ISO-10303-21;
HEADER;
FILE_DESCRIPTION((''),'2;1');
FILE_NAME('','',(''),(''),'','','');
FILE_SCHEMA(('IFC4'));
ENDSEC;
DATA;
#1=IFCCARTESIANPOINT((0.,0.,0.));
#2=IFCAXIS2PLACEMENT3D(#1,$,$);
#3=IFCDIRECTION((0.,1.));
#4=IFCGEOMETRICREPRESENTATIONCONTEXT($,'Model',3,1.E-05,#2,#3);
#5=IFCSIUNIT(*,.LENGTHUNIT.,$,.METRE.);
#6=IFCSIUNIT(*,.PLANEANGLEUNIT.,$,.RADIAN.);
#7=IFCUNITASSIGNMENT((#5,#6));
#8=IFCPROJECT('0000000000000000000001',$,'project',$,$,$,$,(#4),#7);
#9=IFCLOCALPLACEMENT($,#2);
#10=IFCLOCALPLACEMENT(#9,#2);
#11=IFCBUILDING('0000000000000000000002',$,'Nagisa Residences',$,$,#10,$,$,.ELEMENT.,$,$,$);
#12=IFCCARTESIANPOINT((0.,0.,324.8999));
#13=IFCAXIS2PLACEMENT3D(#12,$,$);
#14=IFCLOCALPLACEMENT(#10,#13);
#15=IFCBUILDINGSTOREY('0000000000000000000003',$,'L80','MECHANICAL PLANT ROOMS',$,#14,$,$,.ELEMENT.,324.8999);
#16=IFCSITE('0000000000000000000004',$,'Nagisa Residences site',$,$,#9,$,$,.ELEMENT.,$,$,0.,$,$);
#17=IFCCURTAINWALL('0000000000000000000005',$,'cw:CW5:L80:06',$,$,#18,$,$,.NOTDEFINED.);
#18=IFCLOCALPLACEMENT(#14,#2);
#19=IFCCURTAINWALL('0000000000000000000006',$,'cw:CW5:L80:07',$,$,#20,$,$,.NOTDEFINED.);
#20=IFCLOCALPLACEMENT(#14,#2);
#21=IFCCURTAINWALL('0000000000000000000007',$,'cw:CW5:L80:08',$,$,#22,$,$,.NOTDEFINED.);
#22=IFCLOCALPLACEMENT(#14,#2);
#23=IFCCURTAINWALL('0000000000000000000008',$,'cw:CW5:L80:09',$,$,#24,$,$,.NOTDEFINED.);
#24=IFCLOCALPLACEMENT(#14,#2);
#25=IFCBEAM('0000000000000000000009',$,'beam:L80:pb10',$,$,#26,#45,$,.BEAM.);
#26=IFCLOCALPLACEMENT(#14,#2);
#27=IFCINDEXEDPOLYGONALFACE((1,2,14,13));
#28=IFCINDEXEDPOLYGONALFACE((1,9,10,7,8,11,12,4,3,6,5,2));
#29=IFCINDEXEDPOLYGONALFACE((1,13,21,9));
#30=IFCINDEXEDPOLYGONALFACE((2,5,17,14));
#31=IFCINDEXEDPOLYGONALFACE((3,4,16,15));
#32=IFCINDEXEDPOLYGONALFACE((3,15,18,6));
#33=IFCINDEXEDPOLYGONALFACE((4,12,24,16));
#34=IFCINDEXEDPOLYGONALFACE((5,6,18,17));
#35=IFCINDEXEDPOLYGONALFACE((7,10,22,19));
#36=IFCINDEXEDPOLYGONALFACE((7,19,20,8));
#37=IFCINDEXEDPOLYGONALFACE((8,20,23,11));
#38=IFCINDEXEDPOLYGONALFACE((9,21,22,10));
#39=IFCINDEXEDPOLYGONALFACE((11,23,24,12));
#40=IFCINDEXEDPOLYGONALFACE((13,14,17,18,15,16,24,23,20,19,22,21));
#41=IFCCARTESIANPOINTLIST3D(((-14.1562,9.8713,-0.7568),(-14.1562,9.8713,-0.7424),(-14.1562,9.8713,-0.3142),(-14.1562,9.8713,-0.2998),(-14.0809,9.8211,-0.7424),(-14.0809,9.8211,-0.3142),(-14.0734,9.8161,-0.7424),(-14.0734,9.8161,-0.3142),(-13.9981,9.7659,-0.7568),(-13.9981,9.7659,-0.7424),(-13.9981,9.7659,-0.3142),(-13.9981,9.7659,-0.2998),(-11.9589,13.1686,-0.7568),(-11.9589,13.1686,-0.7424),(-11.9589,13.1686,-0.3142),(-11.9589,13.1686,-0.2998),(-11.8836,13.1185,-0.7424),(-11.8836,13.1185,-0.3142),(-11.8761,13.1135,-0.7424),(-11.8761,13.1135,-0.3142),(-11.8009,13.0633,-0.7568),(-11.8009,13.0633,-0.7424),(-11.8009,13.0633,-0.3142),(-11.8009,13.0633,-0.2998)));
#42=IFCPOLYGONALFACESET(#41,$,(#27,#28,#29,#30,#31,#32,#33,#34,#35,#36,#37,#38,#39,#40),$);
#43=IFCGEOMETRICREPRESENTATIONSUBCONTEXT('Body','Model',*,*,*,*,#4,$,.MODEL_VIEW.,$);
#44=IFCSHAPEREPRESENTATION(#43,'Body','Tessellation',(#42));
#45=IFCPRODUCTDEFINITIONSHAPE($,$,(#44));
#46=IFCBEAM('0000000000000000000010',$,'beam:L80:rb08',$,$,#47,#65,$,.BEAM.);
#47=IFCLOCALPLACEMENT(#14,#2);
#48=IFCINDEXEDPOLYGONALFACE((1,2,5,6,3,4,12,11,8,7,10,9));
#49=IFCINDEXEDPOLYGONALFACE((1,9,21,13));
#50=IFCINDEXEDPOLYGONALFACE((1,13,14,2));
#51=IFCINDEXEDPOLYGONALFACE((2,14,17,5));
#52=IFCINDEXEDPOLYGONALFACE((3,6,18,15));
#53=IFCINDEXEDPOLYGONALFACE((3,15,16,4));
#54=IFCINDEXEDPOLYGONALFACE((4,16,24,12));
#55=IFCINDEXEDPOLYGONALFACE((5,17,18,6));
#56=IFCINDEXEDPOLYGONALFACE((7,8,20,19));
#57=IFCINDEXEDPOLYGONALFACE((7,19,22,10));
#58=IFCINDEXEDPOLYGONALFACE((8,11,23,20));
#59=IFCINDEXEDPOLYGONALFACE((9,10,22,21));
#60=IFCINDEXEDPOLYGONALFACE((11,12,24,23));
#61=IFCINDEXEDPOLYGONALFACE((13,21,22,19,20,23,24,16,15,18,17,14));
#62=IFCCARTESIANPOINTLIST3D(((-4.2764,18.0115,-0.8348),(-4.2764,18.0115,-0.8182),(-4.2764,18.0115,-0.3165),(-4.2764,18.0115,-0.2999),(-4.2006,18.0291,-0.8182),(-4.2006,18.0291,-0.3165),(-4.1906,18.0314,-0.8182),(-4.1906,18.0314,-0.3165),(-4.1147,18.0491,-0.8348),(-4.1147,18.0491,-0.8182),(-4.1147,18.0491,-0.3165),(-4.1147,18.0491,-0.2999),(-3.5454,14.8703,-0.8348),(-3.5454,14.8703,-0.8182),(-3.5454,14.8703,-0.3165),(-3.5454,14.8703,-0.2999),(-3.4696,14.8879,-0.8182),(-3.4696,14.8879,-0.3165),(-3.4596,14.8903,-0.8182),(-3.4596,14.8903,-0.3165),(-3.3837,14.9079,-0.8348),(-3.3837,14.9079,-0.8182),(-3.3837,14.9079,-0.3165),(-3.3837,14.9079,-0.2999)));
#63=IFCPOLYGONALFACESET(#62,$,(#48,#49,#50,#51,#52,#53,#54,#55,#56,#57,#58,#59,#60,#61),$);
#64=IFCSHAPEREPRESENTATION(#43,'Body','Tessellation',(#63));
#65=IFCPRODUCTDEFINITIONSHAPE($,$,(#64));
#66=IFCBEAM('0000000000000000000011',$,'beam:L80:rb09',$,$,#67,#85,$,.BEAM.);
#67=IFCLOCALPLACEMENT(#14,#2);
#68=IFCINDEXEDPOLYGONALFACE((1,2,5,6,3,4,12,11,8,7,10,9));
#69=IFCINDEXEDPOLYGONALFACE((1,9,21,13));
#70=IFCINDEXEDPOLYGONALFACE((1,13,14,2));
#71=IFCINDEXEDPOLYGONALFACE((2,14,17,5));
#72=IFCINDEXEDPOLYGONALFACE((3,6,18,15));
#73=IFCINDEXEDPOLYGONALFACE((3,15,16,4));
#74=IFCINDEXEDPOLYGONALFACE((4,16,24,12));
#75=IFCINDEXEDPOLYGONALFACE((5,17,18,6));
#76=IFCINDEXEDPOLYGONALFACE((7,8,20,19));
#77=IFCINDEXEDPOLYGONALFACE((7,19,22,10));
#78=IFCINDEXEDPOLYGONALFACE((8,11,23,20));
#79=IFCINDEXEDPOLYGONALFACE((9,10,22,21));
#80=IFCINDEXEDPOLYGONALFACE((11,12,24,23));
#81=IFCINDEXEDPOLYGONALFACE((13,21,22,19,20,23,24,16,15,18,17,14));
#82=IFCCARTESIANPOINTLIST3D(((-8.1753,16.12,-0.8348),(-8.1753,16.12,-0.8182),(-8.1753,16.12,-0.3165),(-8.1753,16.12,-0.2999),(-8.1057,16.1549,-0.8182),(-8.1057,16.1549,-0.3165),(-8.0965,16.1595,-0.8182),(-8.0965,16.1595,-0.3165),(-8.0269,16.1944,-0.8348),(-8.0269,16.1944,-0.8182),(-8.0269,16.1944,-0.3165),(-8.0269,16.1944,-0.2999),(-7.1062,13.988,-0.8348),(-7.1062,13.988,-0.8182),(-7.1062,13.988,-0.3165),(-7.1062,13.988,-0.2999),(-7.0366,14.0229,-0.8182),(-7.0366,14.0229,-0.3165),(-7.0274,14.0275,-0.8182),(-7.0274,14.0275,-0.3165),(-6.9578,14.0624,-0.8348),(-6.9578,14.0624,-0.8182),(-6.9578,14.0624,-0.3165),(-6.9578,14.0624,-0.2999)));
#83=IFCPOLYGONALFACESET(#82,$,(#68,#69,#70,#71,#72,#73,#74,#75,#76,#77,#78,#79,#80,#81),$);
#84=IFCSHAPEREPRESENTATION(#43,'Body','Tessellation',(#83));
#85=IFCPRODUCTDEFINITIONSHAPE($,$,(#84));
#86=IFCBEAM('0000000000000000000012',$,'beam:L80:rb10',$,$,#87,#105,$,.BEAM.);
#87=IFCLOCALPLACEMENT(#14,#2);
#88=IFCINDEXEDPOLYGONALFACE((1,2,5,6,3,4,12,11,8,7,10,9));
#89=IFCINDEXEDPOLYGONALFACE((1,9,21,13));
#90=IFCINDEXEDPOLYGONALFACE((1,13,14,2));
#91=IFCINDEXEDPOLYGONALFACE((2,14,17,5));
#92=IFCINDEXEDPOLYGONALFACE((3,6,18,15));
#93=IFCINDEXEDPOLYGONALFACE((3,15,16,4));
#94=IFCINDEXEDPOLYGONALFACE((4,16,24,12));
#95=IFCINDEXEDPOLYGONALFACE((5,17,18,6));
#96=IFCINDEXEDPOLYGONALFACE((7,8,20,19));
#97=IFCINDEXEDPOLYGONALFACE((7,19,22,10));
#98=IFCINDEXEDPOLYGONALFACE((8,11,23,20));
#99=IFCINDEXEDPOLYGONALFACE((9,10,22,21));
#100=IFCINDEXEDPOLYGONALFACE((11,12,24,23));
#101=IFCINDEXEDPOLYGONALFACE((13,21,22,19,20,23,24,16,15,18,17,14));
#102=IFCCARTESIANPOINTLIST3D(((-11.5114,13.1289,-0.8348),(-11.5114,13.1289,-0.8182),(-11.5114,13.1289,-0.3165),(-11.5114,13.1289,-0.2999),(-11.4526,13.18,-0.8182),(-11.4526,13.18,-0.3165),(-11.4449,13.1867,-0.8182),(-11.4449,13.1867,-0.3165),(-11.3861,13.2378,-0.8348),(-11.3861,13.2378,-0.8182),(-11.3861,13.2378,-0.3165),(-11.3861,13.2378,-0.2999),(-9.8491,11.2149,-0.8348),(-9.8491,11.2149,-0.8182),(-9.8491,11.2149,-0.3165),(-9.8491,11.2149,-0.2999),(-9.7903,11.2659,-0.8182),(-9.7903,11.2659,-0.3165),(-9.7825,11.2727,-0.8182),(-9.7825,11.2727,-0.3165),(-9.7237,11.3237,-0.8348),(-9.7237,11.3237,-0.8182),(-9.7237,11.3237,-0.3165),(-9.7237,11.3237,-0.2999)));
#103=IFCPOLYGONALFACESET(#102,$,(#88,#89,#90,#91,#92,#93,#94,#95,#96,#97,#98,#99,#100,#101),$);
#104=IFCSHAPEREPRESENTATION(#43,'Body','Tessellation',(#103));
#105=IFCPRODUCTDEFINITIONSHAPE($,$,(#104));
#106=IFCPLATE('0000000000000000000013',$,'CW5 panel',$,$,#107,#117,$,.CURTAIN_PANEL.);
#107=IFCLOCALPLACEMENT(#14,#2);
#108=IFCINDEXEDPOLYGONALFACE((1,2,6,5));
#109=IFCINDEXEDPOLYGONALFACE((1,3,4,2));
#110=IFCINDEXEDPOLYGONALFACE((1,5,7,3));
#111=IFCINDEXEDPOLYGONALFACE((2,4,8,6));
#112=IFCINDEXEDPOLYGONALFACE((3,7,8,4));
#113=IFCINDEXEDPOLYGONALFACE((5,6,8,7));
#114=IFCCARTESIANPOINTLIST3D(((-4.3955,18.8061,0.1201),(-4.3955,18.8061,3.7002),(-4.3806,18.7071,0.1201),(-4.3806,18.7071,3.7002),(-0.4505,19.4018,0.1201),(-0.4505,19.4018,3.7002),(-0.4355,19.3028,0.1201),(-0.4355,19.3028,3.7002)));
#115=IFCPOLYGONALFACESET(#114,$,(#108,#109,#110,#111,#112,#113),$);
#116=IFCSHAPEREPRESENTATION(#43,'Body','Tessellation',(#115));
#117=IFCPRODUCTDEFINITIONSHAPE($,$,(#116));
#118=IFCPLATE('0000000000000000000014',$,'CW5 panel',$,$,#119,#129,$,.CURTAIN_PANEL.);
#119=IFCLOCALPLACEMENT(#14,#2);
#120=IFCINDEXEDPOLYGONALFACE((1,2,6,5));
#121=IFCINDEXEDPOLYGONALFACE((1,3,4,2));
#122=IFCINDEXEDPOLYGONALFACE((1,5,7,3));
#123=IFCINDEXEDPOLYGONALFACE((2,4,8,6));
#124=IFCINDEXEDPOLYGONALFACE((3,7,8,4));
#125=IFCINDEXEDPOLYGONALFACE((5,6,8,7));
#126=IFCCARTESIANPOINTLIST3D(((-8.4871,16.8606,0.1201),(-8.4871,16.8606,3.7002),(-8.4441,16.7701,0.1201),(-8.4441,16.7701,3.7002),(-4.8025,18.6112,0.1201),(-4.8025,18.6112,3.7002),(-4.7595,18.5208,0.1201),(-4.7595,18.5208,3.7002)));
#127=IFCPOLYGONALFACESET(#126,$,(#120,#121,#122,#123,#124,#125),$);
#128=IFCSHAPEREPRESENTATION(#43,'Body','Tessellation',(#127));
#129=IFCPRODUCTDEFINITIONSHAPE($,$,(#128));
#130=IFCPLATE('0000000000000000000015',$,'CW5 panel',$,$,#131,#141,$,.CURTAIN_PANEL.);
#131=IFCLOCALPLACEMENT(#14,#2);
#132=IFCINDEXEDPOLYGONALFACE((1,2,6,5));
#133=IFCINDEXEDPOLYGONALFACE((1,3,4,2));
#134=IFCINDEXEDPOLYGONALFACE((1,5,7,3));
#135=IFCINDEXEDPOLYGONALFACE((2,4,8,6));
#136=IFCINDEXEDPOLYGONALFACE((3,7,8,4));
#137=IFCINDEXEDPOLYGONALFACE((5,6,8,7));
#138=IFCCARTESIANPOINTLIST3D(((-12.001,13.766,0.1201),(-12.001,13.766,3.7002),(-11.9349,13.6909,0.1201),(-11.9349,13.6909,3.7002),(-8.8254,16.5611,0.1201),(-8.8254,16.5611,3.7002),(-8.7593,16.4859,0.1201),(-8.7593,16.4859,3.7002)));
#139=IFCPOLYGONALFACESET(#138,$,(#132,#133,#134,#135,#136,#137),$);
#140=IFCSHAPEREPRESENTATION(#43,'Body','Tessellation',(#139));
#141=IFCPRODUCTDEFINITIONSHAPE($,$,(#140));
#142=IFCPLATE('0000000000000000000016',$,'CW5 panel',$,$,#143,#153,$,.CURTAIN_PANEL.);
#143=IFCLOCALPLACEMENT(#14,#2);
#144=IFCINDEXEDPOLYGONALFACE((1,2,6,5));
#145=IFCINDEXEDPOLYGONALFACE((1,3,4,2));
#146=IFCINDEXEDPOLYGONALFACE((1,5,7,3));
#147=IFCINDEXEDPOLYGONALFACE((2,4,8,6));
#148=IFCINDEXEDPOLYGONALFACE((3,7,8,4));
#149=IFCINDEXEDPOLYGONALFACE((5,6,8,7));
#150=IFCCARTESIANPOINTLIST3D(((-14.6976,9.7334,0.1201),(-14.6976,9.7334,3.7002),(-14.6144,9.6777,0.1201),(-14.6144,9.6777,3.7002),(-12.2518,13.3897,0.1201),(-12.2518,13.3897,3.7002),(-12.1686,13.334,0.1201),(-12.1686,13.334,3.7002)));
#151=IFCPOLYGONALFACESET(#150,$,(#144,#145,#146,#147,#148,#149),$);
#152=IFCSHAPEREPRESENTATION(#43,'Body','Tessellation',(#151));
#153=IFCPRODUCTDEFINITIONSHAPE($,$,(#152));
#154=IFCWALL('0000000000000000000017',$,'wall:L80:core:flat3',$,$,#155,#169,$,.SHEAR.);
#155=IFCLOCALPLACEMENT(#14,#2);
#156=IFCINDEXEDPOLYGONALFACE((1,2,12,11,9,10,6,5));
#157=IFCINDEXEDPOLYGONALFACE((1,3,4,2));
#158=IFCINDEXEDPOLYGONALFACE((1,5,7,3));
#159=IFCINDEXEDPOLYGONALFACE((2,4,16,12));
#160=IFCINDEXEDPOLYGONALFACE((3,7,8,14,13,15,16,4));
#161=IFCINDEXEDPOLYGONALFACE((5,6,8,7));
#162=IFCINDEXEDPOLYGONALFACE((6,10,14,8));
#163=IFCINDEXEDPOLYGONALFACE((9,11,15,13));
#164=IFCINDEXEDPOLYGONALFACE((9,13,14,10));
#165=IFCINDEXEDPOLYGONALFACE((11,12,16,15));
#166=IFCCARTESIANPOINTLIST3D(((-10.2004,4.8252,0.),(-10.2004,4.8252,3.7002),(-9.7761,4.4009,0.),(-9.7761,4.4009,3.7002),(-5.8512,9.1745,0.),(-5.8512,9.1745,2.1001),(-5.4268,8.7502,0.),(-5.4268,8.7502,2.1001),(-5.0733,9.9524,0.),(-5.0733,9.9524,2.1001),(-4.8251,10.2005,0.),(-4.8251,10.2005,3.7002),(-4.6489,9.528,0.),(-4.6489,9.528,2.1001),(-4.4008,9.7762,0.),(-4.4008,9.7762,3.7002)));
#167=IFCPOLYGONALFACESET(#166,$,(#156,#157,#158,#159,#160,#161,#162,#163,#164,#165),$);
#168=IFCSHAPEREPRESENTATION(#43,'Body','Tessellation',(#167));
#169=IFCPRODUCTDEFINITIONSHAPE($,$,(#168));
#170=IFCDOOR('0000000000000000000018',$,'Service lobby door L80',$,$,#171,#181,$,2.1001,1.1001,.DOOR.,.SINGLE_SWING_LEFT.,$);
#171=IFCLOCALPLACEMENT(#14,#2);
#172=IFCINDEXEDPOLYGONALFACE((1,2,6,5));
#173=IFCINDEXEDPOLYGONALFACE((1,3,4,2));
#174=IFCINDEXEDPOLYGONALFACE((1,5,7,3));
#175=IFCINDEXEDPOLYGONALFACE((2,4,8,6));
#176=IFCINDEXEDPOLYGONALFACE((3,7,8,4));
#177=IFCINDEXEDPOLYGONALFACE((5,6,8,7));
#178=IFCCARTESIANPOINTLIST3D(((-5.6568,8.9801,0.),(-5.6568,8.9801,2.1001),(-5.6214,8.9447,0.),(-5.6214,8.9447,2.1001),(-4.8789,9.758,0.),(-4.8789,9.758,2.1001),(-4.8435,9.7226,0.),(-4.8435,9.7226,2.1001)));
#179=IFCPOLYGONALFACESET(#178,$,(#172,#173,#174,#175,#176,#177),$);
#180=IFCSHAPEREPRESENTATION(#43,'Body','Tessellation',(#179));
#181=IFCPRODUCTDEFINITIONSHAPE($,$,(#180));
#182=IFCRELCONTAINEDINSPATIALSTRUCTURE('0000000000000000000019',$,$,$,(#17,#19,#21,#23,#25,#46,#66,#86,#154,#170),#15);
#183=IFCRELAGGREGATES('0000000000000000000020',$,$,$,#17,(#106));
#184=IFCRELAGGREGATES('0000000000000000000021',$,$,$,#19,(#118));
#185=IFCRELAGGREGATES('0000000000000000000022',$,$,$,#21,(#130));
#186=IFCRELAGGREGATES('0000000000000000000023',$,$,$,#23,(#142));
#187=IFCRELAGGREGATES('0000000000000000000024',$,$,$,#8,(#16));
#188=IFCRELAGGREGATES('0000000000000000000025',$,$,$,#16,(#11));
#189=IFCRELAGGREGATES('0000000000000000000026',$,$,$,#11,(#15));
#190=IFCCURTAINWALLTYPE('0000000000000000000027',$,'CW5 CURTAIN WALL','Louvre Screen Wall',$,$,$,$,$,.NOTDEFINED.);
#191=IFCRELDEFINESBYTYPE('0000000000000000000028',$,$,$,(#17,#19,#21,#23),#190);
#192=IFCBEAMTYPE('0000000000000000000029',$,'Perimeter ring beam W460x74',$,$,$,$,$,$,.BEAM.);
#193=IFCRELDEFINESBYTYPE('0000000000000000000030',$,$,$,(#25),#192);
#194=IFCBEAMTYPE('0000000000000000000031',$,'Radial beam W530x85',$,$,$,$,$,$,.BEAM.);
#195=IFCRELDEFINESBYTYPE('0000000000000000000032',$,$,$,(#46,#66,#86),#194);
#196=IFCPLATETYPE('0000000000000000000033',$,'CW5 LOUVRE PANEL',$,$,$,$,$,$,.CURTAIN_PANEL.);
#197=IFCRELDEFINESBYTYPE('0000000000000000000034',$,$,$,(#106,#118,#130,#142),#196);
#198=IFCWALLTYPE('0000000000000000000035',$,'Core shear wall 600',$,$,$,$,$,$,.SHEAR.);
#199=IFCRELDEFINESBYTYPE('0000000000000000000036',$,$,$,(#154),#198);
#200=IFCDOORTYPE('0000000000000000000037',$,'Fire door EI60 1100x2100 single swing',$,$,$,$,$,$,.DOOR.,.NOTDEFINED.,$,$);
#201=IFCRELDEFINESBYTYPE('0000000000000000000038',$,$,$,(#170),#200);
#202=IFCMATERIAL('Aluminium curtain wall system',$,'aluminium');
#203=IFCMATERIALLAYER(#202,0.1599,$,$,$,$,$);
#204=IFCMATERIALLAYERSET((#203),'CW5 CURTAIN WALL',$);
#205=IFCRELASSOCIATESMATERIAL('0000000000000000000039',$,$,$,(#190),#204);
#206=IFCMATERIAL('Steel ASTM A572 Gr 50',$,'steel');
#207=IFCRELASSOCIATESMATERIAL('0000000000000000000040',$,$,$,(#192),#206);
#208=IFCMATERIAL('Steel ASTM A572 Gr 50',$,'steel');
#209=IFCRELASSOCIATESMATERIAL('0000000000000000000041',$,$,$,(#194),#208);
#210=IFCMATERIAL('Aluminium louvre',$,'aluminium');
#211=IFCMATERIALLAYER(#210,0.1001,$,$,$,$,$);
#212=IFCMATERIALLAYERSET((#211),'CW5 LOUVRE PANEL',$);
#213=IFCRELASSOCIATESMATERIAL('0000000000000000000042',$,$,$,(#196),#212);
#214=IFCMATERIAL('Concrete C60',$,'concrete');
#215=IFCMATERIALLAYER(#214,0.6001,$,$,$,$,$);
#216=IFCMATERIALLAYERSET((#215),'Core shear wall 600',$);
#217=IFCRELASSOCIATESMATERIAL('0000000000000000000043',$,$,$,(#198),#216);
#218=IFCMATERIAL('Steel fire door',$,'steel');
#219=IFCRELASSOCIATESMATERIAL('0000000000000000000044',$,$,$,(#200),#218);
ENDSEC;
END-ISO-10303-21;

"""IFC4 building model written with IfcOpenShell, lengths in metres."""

from ifc_helpers import new_model, si_unit, direction, frame, frame_2d, origin, origin_2d, place, context, subcontext, project, spatial, rectangle, i_section, extrude, material, layer, layer_set, material_profile, profile_set, type_object, element, fill, aggregate, save


model = new_model("IFC4")

# Units and contexts
model_context = context("Model", 3, precision=1e-05, world=origin(), true_north=direction((0.0, 1.0)))
body_context = subcontext(model_context, "Body", "Model", "MODEL_VIEW")
ifc_project = project(units=[si_unit("LENGTHUNIT", "METRE"), si_unit("PLANEANGLEUNIT", "RADIAN")], contexts=[model_context])

# Site, building, storey
site_placement = place(None, origin())
site = spatial("IfcSite", under=ifc_project, at=site_placement, Name="Nagisa Residences site", CompositionType="ELEMENT", RefElevation=0.0)
building_placement = place(site_placement, origin())
building = spatial("IfcBuilding", under=site, at=building_placement, Name="Nagisa Residences", CompositionType="ELEMENT")
storey_placement = place(building_placement, frame((0.0, 0.0, 324.8999)))
storey = spatial("IfcBuildingStorey", under=building, at=storey_placement, Name="L80", Description="MECHANICAL PLANT ROOMS", CompositionType="ELEMENT", Elevation=324.8999)

# Curtain walls
ifc_material_1 = material(Name="Aluminium curtain wall system", Category="aluminium")
ifc_layer_1 = layer(ifc_material_1, 0.1599)
ifc_layer_set_1 = layer_set([ifc_layer_1], Name="CW5 CURTAIN WALL")
curtain_wall_type = type_object("IfcCurtainWallType", Name="CW5 CURTAIN WALL", Description="Louvre Screen Wall", PredefinedType="NOTDEFINED", material=ifc_layer_set_1)
curtain_wall_1_placement = place(storey_placement, origin())
curtain_wall_1 = element("IfcCurtainWall", 1, at=curtain_wall_1_placement, inside=storey, type_object=curtain_wall_type, Name="cw:CW5:L80:06", PredefinedType="NOTDEFINED")
curtain_wall_2_placement = place(storey_placement, origin())
curtain_wall_2 = element("IfcCurtainWall", 2, at=curtain_wall_2_placement, inside=storey, type_object=curtain_wall_type, Name="cw:CW5:L80:07", PredefinedType="NOTDEFINED")
curtain_wall_3_placement = place(storey_placement, origin())
curtain_wall_3 = element("IfcCurtainWall", 3, at=curtain_wall_3_placement, inside=storey, type_object=curtain_wall_type, Name="cw:CW5:L80:08", PredefinedType="NOTDEFINED")
curtain_wall_4_placement = place(storey_placement, origin())
curtain_wall_4 = element("IfcCurtainWall", 4, at=curtain_wall_4_placement, inside=storey, type_object=curtain_wall_type, Name="cw:CW5:L80:09", PredefinedType="NOTDEFINED")

# Beams
ifc_material_2 = material(Name="Steel ASTM A572 Gr 50", Category="steel")
ifc_material_profile_1 = material_profile(ifc_material_2, i_section(OverallWidth=0.1899, OverallDepth=0.457, WebThickness=0.009, FlangeThickness=0.0144, at=origin_2d()), Name="W460x74")
ifc_profile_set_1 = profile_set([ifc_material_profile_1], Name="Steel ASTM A572 Gr 50")
beam_type_1 = type_object("IfcBeamType", Name="Perimeter ring beam W460x74", PredefinedType="BEAM", material=ifc_profile_set_1)
beam_1_placement = place(storey_placement, frame((-11.8799, 13.116, -0.5283), z_axis=(-0.55453, -0.832164, 0.0), x_axis=(0.832164, -0.55453, 0.0)))
element("IfcBeam", 5, at=beam_1_placement, inside=storey, type_object=beam_type_1, Name="beam:L80:pb10", PredefinedType="BEAM", context=body_context, shape_type="SweptSolid", body=[
    extrude(i_section(OverallWidth=0.1899, OverallDepth=0.457, WebThickness=0.009, FlangeThickness=0.0144, at=origin_2d()), origin(), (0.0, 0.0, 1.0), 3.9624),
])
ifc_material_3 = material(Name="Steel ASTM A572 Gr 50", Category="steel")
ifc_material_profile_2 = material_profile(ifc_material_3, i_section(OverallWidth=0.166, OverallDepth=0.5349, WebThickness=0.0103, FlangeThickness=0.0166, at=origin_2d()), Name="W530x85")
ifc_profile_set_2 = profile_set([ifc_material_profile_2], Name="Steel ASTM A572 Gr 50")
beam_type_2 = type_object("IfcBeamType", Name="Radial beam W530x85", PredefinedType="BEAM", material=ifc_profile_set_2)
beam_2_placement = place(storey_placement, frame((-4.1956, 18.0303, -0.5674), z_axis=(0.22665, -0.973976, 0.0), x_axis=(0.973976, 0.22665, 0.0)))
element("IfcBeam", 6, at=beam_2_placement, inside=storey, type_object=beam_type_2, Name="beam:L80:rb08", PredefinedType="BEAM", context=body_context, shape_type="SweptSolid", body=[
    extrude(i_section(OverallWidth=0.166, OverallDepth=0.5349, WebThickness=0.0103, FlangeThickness=0.0166, at=origin_2d()), origin(), (0.0, 0.0, 1.0), 3.2251),
])
beam_3_placement = place(storey_placement, frame((-8.1011, 16.1572, -0.5674), z_axis=(0.448237, -0.893915, 0.0), x_axis=(0.893915, 0.448237, 0.0)))
element("IfcBeam", 7, at=beam_3_placement, inside=storey, type_object=beam_type_2, Name="beam:L80:rb09", PredefinedType="BEAM", context=body_context, shape_type="SweptSolid", body=[
    extrude(i_section(OverallWidth=0.166, OverallDepth=0.5349, WebThickness=0.0103, FlangeThickness=0.0166, at=origin_2d()), origin(), (0.0, 0.0, 1.0), 2.385),
])
beam_4_placement = place(storey_placement, frame((-11.4487, 13.1833, -0.5674), z_axis=(0.655718, -0.755006, 0.0), x_axis=(0.755006, 0.655718, 0.0)))
element("IfcBeam", 8, at=beam_4_placement, inside=storey, type_object=beam_type_2, Name="beam:L80:rb10", PredefinedType="BEAM", context=body_context, shape_type="SweptSolid", body=[
    extrude(i_section(OverallWidth=0.166, OverallDepth=0.5349, WebThickness=0.0103, FlangeThickness=0.0166, at=origin_2d()), origin(), (0.0, 0.0, 1.0), 2.5352),
])

# Plates
ifc_material_4 = material(Name="Aluminium louvre", Category="aluminium")
ifc_layer_2 = layer(ifc_material_4, 0.1001)
ifc_layer_set_2 = layer_set([ifc_layer_2], Name="CW5 LOUVRE PANEL")
plate_type = type_object("IfcPlateType", Name="CW5 LOUVRE PANEL", PredefinedType="CURTAIN_PANEL", material=ifc_layer_set_2)
plate_1_placement = place(storey_placement, frame((-2.4155, 19.0544, 0.1201), z_axis=(0.0, 0.0, 1.0), x_axis=(-0.988789, -0.14932, 0.0)))
plate_1 = element("IfcPlate", 9, at=plate_1_placement, type_object=plate_type, Name="CW5 panel", PredefinedType="CURTAIN_PANEL", context=body_context, shape_type="SweptSolid", body=[
    extrude(rectangle(XDim=3.9897, YDim=0.1001, at=origin_2d()), origin(), (0.0, 0.0, 1.0), 3.5801),
])
aggregate(curtain_wall_1, [plate_1])
plate_2_placement = place(storey_placement, frame((-6.6233, 17.6907, 0.1201), z_axis=(0.0, 0.0, 1.0), x_axis=(-0.903233, -0.429151, 0.0)))
plate_2 = element("IfcPlate", 10, at=plate_2_placement, type_object=plate_type, Name="CW5 panel", PredefinedType="CURTAIN_PANEL", context=body_context, shape_type="SweptSolid", body=[
    extrude(rectangle(XDim=4.0793, YDim=0.1001, at=origin_2d()), origin(), (0.0, 0.0, 1.0), 3.5801),
])
aggregate(curtain_wall_2, [plate_2])
plate_3_placement = place(storey_placement, frame((-10.3801, 15.126, 0.1201), z_axis=(0.0, 0.0, 1.0), x_axis=(-0.750651, -0.660699, 0.0)))
plate_3 = element("IfcPlate", 11, at=plate_3_placement, type_object=plate_type, Name="CW5 panel", PredefinedType="CURTAIN_PANEL", context=body_context, shape_type="SweptSolid", body=[
    extrude(rectangle(XDim=4.2305, YDim=0.1001, at=origin_2d()), origin(), (0.0, 0.0, 1.0), 3.5801),
])
aggregate(curtain_wall_3, [plate_3])
plate_4_placement = place(storey_placement, frame((-13.4331, 11.5337, 0.1201), z_axis=(0.0, 0.0, 1.0), x_axis=(-0.556014, -0.831173, 0.0)))
plate_4 = element("IfcPlate", 12, at=plate_4_placement, type_object=plate_type, Name="CW5 panel", PredefinedType="CURTAIN_PANEL", context=body_context, shape_type="SweptSolid", body=[
    extrude(rectangle(XDim=4.3989, YDim=0.1001, at=origin_2d()), origin(), (0.0, 0.0, 1.0), 3.5801),
])
aggregate(curtain_wall_4, [plate_4])

# Wall, opening, door
ifc_material_5 = material(Name="Concrete C60", Category="concrete")
ifc_layer_3 = layer(ifc_material_5, 0.6001)
ifc_layer_set_3 = layer_set([ifc_layer_3], Name="Core shear wall 600")
wall_type_1 = type_object("IfcWallType", Name="Core shear wall 600", PredefinedType="SHEAR", material=ifc_layer_set_3)
wall_1_placement = place(storey_placement, frame((-4.613, 9.9883, 0.0), z_axis=(0.0, 0.0, 1.0), x_axis=(-0.707107, -0.707107, 0.0)))
wall_1 = element("IfcWall", 13, at=wall_1_placement, inside=storey, type_object=wall_type_1, Name="wall:L80:core:flat3", PredefinedType="SHEAR", context=body_context, shape_type="SweptSolid", body=[
    extrude(rectangle(XDim=7.6018, YDim=0.6001, at=frame_2d((3.8008, 0.0))), origin(), (0.0, 0.0, 1.0), 3.7002),
])
opening_1_placement = place(wall_1_placement, frame((0.3508, 0.0, 0.0)))
opening_1 = element("IfcOpeningElement", 14, at=opening_1_placement, cuts=wall_1, PredefinedType="OPENING", context=body_context, shape_type="SweptSolid", body=[
    extrude(rectangle(XDim=1.1001, YDim=2.1001, at=frame_2d((0.55, 1.05))), frame((0.0, 0.3101, 0.0), z_axis=(0.0, -1.0, 0.0), x_axis=(1.0, 0.0, 0.0)), (0.0, 0.0, 1.0), 0.6201),
])
ifc_material_6 = material(Name="Steel fire door", Category="steel")
door_type_1 = type_object("IfcDoorType", Name="Fire door EI60 1100x2100 single swing", OperationType="NOTDEFINED", PredefinedType="DOOR", material=ifc_material_6)
door_1_placement = place(opening_1_placement, origin())
door_1 = element("IfcDoor", 15, at=door_1_placement, inside=storey, type_object=door_type_1, Name="Service lobby door L80", OperationType="SINGLE_SWING_LEFT", OverallHeight=2.1001, OverallWidth=1.1001, PredefinedType="DOOR", context=body_context, shape_type="SweptSolid", body=[
    extrude(rectangle(XDim=1.1001, YDim=2.1001, at=frame_2d((0.55, 1.05))), frame((0.0, 0.0249, 0.0), z_axis=(0.0, -1.0, 0.0), x_axis=(1.0, 0.0, 0.0)), (0.0, 0.0, 1.0), 0.05),
])
fill(opening_1, door_1)

save(model, "model.ifc")
